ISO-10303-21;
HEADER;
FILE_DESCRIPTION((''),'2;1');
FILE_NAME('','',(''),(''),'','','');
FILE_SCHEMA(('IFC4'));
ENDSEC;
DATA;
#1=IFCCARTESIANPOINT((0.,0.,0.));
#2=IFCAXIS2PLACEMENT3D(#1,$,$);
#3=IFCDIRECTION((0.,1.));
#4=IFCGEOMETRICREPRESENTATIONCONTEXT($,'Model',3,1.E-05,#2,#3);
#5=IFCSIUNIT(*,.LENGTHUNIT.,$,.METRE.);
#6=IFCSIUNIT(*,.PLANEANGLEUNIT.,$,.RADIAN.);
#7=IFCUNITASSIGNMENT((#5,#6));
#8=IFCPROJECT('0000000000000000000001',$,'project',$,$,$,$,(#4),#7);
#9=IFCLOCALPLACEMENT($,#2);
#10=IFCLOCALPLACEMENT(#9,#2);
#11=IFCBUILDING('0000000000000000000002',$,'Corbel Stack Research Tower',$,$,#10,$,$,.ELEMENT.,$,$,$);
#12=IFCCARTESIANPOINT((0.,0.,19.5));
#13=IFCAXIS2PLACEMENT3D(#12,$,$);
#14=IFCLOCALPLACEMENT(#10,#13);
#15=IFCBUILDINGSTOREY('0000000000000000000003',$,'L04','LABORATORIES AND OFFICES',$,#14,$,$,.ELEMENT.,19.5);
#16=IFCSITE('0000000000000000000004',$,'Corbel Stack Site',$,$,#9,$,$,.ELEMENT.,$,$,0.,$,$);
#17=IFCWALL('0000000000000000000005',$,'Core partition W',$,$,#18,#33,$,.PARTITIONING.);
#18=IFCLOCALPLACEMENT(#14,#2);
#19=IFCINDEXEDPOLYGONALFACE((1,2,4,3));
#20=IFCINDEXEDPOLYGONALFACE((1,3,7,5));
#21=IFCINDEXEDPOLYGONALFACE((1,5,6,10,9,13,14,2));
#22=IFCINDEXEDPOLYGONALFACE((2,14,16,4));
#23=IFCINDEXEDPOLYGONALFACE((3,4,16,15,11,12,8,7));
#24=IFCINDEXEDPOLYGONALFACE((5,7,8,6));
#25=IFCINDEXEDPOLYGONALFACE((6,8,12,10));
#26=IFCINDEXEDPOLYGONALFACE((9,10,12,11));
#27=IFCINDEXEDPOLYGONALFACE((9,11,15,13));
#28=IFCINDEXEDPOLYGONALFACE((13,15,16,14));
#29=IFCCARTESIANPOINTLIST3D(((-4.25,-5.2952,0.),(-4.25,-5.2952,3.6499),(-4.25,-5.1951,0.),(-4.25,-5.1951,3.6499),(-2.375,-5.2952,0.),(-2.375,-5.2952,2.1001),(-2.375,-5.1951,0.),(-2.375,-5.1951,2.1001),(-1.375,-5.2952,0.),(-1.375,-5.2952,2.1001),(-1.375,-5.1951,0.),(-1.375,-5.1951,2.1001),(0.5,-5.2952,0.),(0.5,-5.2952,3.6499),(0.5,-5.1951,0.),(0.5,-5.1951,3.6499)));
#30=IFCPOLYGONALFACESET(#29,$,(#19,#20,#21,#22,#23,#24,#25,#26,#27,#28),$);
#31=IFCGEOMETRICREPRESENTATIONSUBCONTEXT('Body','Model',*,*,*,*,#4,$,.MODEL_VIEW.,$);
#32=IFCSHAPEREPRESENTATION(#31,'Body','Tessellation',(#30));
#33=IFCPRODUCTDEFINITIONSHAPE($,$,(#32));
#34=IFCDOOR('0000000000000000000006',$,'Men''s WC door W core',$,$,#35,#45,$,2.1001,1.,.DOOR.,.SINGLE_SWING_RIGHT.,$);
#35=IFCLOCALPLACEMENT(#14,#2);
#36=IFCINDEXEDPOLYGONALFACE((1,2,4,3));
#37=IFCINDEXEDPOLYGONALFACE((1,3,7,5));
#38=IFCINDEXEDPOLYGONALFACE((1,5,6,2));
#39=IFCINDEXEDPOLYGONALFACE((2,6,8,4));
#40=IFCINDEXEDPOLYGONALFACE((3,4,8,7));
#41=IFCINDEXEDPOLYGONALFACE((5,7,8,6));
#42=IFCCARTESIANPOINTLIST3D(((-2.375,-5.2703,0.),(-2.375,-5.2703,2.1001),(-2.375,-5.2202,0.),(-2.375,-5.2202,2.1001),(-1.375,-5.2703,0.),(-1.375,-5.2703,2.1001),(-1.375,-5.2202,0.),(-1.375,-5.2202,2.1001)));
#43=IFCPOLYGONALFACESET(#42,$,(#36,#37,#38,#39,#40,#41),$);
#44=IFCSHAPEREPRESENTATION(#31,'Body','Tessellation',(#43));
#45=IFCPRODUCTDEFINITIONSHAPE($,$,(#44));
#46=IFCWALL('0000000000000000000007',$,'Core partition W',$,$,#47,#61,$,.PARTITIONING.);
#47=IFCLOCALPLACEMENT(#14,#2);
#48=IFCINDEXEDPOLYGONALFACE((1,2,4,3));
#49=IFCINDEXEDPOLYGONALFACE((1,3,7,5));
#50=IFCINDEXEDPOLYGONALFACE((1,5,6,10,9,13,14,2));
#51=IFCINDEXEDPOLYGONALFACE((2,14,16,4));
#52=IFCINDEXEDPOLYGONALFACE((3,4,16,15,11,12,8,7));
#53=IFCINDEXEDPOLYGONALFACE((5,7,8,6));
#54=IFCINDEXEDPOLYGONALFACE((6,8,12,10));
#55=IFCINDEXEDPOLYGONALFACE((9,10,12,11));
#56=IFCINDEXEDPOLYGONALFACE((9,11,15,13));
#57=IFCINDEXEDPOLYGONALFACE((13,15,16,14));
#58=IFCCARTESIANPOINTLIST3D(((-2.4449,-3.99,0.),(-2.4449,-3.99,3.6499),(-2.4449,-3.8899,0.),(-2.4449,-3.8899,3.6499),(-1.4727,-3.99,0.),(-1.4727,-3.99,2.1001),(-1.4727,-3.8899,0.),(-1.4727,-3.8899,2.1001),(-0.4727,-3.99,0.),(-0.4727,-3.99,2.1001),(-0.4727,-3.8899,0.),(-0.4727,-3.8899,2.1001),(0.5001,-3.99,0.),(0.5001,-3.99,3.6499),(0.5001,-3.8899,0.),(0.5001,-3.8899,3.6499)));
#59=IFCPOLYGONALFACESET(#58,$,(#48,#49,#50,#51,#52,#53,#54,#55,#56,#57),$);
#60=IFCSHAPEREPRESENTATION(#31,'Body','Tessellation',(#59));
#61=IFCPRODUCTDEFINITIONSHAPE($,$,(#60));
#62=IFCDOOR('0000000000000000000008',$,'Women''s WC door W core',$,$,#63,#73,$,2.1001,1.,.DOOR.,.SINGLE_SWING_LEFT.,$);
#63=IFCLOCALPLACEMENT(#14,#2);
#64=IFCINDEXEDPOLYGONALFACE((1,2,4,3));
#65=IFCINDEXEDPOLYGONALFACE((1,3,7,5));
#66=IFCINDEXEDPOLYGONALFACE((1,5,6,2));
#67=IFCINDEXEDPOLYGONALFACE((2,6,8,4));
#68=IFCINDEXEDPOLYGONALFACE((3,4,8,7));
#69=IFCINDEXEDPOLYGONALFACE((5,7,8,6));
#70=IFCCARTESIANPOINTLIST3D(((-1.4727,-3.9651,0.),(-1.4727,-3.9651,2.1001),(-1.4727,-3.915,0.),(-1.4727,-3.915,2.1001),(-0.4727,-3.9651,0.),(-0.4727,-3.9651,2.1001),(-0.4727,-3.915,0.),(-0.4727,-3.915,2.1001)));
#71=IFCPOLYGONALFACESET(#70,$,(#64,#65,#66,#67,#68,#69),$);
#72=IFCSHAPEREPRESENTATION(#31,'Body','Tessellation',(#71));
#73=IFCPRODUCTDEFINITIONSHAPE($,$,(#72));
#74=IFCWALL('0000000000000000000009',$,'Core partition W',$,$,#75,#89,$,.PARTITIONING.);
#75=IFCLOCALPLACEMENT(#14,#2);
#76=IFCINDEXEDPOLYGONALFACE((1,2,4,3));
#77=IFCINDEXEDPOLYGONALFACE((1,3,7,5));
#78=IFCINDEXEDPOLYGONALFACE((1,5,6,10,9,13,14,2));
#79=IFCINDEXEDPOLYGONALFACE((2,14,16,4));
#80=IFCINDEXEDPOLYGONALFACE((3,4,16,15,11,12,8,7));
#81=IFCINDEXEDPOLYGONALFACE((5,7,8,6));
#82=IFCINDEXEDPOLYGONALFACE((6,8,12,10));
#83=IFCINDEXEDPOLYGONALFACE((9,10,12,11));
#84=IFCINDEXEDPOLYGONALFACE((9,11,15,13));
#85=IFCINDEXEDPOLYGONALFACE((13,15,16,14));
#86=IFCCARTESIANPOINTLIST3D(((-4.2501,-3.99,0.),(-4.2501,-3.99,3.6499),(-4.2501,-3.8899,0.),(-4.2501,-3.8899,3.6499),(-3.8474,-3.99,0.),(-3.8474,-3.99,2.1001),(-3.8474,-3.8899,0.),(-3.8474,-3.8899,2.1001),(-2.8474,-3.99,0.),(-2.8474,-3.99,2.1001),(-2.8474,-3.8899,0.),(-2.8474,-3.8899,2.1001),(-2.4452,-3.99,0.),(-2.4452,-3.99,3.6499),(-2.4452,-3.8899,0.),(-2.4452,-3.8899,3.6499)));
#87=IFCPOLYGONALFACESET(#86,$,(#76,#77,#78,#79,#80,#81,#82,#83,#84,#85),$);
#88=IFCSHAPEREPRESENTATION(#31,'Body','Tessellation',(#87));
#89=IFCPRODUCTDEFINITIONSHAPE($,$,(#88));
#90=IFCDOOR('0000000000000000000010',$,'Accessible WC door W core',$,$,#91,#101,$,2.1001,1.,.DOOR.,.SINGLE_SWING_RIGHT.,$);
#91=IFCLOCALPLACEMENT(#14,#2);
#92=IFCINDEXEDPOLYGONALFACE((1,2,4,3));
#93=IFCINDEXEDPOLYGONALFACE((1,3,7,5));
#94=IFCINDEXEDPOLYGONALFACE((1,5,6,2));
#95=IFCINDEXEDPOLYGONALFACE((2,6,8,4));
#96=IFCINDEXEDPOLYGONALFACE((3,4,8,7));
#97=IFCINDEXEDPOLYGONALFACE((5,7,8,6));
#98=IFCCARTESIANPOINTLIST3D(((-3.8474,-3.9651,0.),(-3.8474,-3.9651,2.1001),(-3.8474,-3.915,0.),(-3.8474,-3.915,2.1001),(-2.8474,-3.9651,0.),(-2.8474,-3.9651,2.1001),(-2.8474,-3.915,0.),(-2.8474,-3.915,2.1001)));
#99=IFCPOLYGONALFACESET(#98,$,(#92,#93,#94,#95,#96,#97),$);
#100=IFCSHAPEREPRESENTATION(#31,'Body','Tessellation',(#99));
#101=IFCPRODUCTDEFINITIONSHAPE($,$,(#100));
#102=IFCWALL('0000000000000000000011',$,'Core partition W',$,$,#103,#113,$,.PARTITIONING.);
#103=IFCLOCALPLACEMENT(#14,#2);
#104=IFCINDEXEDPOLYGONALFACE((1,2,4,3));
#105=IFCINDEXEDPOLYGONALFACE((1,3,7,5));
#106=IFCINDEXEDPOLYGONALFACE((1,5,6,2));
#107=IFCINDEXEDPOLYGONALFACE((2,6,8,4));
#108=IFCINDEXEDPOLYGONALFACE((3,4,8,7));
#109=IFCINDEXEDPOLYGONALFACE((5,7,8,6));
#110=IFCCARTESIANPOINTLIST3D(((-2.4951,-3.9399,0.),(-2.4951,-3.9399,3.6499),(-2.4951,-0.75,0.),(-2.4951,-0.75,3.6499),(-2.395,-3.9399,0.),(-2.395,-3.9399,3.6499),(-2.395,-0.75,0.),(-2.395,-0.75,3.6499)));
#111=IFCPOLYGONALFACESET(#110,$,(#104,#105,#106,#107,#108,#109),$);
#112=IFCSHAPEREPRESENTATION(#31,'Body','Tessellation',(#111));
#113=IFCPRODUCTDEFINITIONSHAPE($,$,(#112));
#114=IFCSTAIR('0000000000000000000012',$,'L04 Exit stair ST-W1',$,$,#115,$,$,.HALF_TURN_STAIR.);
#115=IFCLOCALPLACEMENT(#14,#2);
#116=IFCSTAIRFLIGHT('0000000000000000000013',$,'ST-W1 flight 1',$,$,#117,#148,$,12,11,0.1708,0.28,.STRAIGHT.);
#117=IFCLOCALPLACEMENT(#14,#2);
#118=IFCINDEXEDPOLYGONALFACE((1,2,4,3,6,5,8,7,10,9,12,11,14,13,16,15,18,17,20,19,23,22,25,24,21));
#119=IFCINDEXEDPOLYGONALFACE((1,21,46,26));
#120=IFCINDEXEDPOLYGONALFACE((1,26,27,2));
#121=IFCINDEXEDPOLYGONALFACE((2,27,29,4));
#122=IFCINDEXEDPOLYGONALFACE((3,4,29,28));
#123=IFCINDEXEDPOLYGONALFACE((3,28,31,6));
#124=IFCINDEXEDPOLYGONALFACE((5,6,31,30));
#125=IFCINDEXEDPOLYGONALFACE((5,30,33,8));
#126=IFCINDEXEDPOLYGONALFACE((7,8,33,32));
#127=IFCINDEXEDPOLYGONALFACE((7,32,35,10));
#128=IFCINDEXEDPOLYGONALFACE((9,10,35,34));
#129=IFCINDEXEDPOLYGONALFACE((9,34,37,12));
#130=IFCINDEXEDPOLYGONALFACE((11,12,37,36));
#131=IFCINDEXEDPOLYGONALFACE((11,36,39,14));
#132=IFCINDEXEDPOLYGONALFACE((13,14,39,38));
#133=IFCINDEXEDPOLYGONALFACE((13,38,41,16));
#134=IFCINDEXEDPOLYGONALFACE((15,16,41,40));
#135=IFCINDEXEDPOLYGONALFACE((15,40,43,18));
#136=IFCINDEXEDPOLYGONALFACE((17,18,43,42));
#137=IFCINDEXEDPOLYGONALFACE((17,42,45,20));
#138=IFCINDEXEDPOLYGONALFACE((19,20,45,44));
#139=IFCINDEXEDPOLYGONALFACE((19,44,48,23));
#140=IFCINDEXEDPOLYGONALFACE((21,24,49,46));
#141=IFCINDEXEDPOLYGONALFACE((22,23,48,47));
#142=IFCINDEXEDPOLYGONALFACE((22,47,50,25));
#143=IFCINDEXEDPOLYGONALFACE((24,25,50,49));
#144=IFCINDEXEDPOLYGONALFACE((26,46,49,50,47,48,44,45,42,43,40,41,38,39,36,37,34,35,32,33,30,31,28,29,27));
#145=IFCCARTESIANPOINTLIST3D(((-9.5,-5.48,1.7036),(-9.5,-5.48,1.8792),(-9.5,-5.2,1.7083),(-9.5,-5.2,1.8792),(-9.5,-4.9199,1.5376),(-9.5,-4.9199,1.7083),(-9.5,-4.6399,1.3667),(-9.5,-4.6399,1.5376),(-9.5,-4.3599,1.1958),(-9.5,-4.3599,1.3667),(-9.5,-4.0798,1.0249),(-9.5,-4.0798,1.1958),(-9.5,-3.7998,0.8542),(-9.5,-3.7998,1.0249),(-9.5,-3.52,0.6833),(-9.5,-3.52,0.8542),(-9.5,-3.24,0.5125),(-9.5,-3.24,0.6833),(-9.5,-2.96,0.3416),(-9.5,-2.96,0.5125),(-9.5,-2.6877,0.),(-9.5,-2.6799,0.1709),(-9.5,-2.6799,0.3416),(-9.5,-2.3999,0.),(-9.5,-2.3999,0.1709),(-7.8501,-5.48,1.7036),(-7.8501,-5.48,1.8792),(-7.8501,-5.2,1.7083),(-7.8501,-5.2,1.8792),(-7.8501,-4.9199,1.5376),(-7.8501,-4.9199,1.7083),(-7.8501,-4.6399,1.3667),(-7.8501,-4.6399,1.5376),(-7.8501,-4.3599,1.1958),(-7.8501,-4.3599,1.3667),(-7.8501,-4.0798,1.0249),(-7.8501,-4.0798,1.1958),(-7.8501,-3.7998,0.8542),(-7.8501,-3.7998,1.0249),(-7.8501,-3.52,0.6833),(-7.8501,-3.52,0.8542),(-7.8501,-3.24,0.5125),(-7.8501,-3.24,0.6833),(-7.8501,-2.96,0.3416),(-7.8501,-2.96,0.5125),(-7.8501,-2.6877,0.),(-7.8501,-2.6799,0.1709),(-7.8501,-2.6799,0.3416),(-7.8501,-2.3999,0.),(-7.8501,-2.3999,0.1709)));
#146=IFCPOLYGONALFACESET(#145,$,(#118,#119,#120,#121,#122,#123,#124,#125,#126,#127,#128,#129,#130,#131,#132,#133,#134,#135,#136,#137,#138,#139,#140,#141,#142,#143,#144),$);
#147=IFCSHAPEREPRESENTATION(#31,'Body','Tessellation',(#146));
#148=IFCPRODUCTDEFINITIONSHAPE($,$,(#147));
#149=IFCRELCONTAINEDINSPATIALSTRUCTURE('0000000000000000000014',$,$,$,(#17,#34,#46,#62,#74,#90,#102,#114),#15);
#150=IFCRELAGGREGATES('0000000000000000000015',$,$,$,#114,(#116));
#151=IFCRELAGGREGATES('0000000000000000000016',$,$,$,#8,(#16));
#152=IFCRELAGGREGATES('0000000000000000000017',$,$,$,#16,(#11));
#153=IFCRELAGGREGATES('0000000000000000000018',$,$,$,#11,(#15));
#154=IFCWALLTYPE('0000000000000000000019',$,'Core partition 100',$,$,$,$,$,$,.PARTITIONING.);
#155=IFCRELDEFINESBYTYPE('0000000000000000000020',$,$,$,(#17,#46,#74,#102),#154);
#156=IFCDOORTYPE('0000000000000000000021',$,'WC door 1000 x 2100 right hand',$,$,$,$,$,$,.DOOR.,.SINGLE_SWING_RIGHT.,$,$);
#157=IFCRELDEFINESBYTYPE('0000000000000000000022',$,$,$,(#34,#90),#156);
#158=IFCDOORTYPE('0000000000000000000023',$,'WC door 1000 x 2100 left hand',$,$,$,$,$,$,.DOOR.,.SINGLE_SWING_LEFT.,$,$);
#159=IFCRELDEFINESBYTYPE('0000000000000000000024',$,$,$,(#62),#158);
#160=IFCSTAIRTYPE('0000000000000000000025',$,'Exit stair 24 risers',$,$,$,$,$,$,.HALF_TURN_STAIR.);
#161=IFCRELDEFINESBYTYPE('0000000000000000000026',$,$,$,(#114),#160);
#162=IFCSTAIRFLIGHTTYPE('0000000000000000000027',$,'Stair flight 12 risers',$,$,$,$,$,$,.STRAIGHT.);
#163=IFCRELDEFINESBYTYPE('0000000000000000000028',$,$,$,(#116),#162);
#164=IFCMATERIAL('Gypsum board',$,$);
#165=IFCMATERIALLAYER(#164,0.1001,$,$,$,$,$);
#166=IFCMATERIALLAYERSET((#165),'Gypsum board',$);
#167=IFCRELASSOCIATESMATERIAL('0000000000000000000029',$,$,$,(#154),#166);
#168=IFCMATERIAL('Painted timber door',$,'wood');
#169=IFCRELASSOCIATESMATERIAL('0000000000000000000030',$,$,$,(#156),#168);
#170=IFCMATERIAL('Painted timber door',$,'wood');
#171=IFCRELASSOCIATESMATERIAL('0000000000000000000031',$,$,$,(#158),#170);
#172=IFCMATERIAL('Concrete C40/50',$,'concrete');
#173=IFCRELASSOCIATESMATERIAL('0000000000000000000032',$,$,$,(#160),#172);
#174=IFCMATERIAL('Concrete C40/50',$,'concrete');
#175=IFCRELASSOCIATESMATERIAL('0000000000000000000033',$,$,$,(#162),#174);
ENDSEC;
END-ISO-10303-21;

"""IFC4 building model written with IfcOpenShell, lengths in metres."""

from ifc_helpers import new_model, si_unit, direction, frame, frame_2d, origin, place, context, subcontext, project, spatial, polyline, rectangle, outline, extrude, material, layer, layer_set, type_object, element, fill, aggregate, save


model = new_model("IFC4")

# Units and contexts
model_context = context("Model", 3, precision=1e-05, world=origin(), true_north=direction((0.0, 1.0)))
body_context = subcontext(model_context, "Body", "Model", "MODEL_VIEW")
ifc_project = project(units=[si_unit("LENGTHUNIT", "METRE"), si_unit("PLANEANGLEUNIT", "RADIAN")], contexts=[model_context])

# Site, building, storey
site_placement = place(None, origin())
site = spatial("IfcSite", under=ifc_project, at=site_placement, Name="Corbel Stack Site", CompositionType="ELEMENT", RefElevation=0.0)
building_placement = place(site_placement, origin())
building = spatial("IfcBuilding", under=site, at=building_placement, Name="Corbel Stack Research Tower", CompositionType="ELEMENT")
storey_placement = place(building_placement, frame((0.0, 0.0, 19.5)))
storey = spatial("IfcBuildingStorey", under=building, at=storey_placement, Name="L04", Description="LABORATORIES AND OFFICES", CompositionType="ELEMENT", Elevation=19.5)

# Walls, openings, doors
ifc_material_1 = material(Name="Gypsum board")
ifc_layer_1 = layer(ifc_material_1, 0.1001)
ifc_layer_set_1 = layer_set([ifc_layer_1], Name="Gypsum board")
wall_type_1 = type_object("IfcWallType", Name="Core partition 100", PredefinedType="PARTITIONING", material=ifc_layer_set_1)
wall_1_placement = place(storey_placement, frame((-4.25, -5.2451, 0.0), z_axis=(0.0, 0.0, 1.0), x_axis=(1.0, 0.0, 0.0)))
wall_1 = element("IfcWall", 1, at=wall_1_placement, inside=storey, type_object=wall_type_1, Name="Core partition W", PredefinedType="PARTITIONING", context=body_context, shape_type="SweptSolid", body=[
    extrude(rectangle(XDim=4.75, YDim=0.1001, at=frame_2d((2.375, 0.0))), origin(), (0.0, 0.0, 1.0), 3.6499),
])
opening_1_placement = place(wall_1_placement, frame((1.875, 0.0, 0.0)))
opening_1 = element("IfcOpeningElement", 2, at=opening_1_placement, cuts=wall_1, PredefinedType="OPENING", context=body_context, shape_type="SweptSolid", body=[
    extrude(rectangle(XDim=1.0, YDim=2.1001, at=frame_2d((0.5, 1.05))), frame((0.0, 0.0601, 0.0), z_axis=(0.0, -1.0, 0.0), x_axis=(1.0, 0.0, 0.0)), (0.0, 0.0, 1.0), 0.1201),
])
ifc_material_2 = material(Name="Painted timber door", Category="wood")
door_type_1 = type_object("IfcDoorType", Name="WC door 1000 x 2100 right hand", OperationType="SINGLE_SWING_RIGHT", PredefinedType="DOOR", material=ifc_material_2)
door_1_placement = place(opening_1_placement, origin())
door_1 = element("IfcDoor", 3, at=door_1_placement, inside=storey, type_object=door_type_1, Name="Men's WC door W core", OperationType="SINGLE_SWING_RIGHT", OverallHeight=2.1001, OverallWidth=1.0, PredefinedType="DOOR", context=body_context, shape_type="SweptSolid", body=[
    extrude(rectangle(XDim=1.0, YDim=2.1001, at=frame_2d((0.5, 1.05))), frame((0.0, 0.0249, 0.0), z_axis=(0.0, -1.0, 0.0), x_axis=(1.0, 0.0, 0.0)), (0.0, 0.0, 1.0), 0.05),
])
fill(opening_1, door_1)
wall_2_placement = place(storey_placement, frame((-2.4451, -3.9399, 0.0), z_axis=(0.0, 0.0, 1.0), x_axis=(1.0, 0.0, 0.0)))
wall_2 = element("IfcWall", 4, at=wall_2_placement, inside=storey, type_object=wall_type_1, Name="Core partition W", PredefinedType="PARTITIONING", context=body_context, shape_type="SweptSolid", body=[
    extrude(rectangle(XDim=2.9451, YDim=0.1001, at=frame_2d((1.4727, 0.0))), origin(), (0.0, 0.0, 1.0), 3.6499),
])
opening_2_placement = place(wall_2_placement, frame((0.9724, 0.0, 0.0)))
opening_2 = element("IfcOpeningElement", 5, at=opening_2_placement, cuts=wall_2, PredefinedType="OPENING", context=body_context, shape_type="SweptSolid", body=[
    extrude(rectangle(XDim=1.0, YDim=2.1001, at=frame_2d((0.5, 1.05))), frame((0.0, 0.0601, 0.0), z_axis=(0.0, -1.0, 0.0), x_axis=(1.0, 0.0, 0.0)), (0.0, 0.0, 1.0), 0.1201),
])
ifc_material_3 = material(Name="Painted timber door", Category="wood")
door_type_2 = type_object("IfcDoorType", Name="WC door 1000 x 2100 left hand", OperationType="SINGLE_SWING_LEFT", PredefinedType="DOOR", material=ifc_material_3)
door_2_placement = place(opening_2_placement, origin())
door_2 = element("IfcDoor", 6, at=door_2_placement, inside=storey, type_object=door_type_2, Name="Women's WC door W core", OperationType="SINGLE_SWING_LEFT", OverallHeight=2.1001, OverallWidth=1.0, PredefinedType="DOOR", context=body_context, shape_type="SweptSolid", body=[
    extrude(rectangle(XDim=1.0, YDim=2.1001, at=frame_2d((0.5, 1.05))), frame((0.0, 0.0249, 0.0), z_axis=(0.0, -1.0, 0.0), x_axis=(1.0, 0.0, 0.0)), (0.0, 0.0, 1.0), 0.05),
])
fill(opening_2, door_2)
wall_3_placement = place(storey_placement, frame((-4.25, -3.9399, 0.0), z_axis=(0.0, 0.0, 1.0), x_axis=(1.0, 0.0, 0.0)))
wall_3 = element("IfcWall", 7, at=wall_3_placement, inside=storey, type_object=wall_type_1, Name="Core partition W", PredefinedType="PARTITIONING", context=body_context, shape_type="SweptSolid", body=[
    extrude(rectangle(XDim=1.8049, YDim=0.1001, at=frame_2d((0.9023, 0.0))), origin(), (0.0, 0.0, 1.0), 3.6499),
])
opening_3_placement = place(wall_3_placement, frame((0.4026, 0.0, 0.0)))
opening_3 = element("IfcOpeningElement", 8, at=opening_3_placement, cuts=wall_3, PredefinedType="OPENING", context=body_context, shape_type="SweptSolid", body=[
    extrude(rectangle(XDim=1.0, YDim=2.1001, at=frame_2d((0.5, 1.05))), frame((0.0, 0.0601, 0.0), z_axis=(0.0, -1.0, 0.0), x_axis=(1.0, 0.0, 0.0)), (0.0, 0.0, 1.0), 0.1201),
])
door_3_placement = place(opening_3_placement, origin())
door_3 = element("IfcDoor", 9, at=door_3_placement, inside=storey, type_object=door_type_1, Name="Accessible WC door W core", OperationType="SINGLE_SWING_RIGHT", OverallHeight=2.1001, OverallWidth=1.0, PredefinedType="DOOR", context=body_context, shape_type="SweptSolid", body=[
    extrude(rectangle(XDim=1.0, YDim=2.1001, at=frame_2d((0.5, 1.05))), frame((0.0, 0.0249, 0.0), z_axis=(0.0, -1.0, 0.0), x_axis=(1.0, 0.0, 0.0)), (0.0, 0.0, 1.0), 0.05),
])
fill(opening_3, door_3)

# Wall
wall_4_placement = place(storey_placement, frame((-2.4451, -3.9399, 0.0), z_axis=(0.0, 0.0, 1.0), x_axis=(0.0, 1.0, 0.0)))
element("IfcWall", 10, at=wall_4_placement, inside=storey, type_object=wall_type_1, Name="Core partition W", PredefinedType="PARTITIONING", context=body_context, shape_type="SweptSolid", body=[
    extrude(rectangle(XDim=3.1899, YDim=0.1001, at=frame_2d((1.595, 0.0))), origin(), (0.0, 0.0, 1.0), 3.6499),
])

# Stair, stair flight
ifc_material_4 = material(Name="Concrete C40/50", Category="concrete")
stair_type = type_object("IfcStairType", Name="Exit stair 24 risers", PredefinedType="HALF_TURN_STAIR", material=ifc_material_4)
stair_placement = place(storey_placement, origin())
stair = element("IfcStair", 11, at=stair_placement, inside=storey, type_object=stair_type, Name="L04 Exit stair ST-W1", PredefinedType="HALF_TURN_STAIR")
ifc_material_5 = material(Name="Concrete C40/50", Category="concrete")
stair_flight_type = type_object("IfcStairFlightType", Name="Stair flight 12 risers", PredefinedType="STRAIGHT", material=ifc_material_5)
stair_flight_1_placement = place(storey_placement, frame((-8.675, -2.3999, 0.0), z_axis=(0.0, 0.0, 1.0), x_axis=(0.0, -1.0, 0.0)))
stair_flight_1 = element("IfcStairFlight", 12, at=stair_flight_1_placement, type_object=stair_flight_type, Name="ST-W1 flight 1", NumberOfRisers=12, NumberOfTreads=11, PredefinedType="STRAIGHT", RiserHeight=0.1708, TreadLength=0.28, context=body_context, shape_type="SweptSolid", body=[
    extrude(outline(polyline([(0.0, 0.0), (0.0, 0.1709), (0.28, 0.1709), (0.28, 0.3416), (0.5601, 0.3416), (0.5601, 0.5125), (0.8401, 0.5125), (0.8401, 0.6833), (1.1201, 0.6833), (1.1201, 0.8542), (1.3999, 0.8542), (1.3999, 1.0249), (1.6799, 1.0249), (1.6799, 1.1958), (1.96, 1.1958), (1.96, 1.3667), (2.24, 1.3667), (2.24, 1.5376), (2.52, 1.5376), (2.52, 1.7083), (2.8, 1.7083), (2.8, 1.8792), (3.0801, 1.8792), (3.0801, 2.05), (3.0801, 1.7036), (0.2878, 0.0), (0.0, 0.0)])), frame((0.0, 0.825, 0.0), z_axis=(0.0, -1.0, 0.0), x_axis=(1.0, 0.0, 0.0)), (0.0, 0.0, 1.0), 1.6499),
])
aggregate(stair, [stair_flight_1])

save(model, "model.ifc")
